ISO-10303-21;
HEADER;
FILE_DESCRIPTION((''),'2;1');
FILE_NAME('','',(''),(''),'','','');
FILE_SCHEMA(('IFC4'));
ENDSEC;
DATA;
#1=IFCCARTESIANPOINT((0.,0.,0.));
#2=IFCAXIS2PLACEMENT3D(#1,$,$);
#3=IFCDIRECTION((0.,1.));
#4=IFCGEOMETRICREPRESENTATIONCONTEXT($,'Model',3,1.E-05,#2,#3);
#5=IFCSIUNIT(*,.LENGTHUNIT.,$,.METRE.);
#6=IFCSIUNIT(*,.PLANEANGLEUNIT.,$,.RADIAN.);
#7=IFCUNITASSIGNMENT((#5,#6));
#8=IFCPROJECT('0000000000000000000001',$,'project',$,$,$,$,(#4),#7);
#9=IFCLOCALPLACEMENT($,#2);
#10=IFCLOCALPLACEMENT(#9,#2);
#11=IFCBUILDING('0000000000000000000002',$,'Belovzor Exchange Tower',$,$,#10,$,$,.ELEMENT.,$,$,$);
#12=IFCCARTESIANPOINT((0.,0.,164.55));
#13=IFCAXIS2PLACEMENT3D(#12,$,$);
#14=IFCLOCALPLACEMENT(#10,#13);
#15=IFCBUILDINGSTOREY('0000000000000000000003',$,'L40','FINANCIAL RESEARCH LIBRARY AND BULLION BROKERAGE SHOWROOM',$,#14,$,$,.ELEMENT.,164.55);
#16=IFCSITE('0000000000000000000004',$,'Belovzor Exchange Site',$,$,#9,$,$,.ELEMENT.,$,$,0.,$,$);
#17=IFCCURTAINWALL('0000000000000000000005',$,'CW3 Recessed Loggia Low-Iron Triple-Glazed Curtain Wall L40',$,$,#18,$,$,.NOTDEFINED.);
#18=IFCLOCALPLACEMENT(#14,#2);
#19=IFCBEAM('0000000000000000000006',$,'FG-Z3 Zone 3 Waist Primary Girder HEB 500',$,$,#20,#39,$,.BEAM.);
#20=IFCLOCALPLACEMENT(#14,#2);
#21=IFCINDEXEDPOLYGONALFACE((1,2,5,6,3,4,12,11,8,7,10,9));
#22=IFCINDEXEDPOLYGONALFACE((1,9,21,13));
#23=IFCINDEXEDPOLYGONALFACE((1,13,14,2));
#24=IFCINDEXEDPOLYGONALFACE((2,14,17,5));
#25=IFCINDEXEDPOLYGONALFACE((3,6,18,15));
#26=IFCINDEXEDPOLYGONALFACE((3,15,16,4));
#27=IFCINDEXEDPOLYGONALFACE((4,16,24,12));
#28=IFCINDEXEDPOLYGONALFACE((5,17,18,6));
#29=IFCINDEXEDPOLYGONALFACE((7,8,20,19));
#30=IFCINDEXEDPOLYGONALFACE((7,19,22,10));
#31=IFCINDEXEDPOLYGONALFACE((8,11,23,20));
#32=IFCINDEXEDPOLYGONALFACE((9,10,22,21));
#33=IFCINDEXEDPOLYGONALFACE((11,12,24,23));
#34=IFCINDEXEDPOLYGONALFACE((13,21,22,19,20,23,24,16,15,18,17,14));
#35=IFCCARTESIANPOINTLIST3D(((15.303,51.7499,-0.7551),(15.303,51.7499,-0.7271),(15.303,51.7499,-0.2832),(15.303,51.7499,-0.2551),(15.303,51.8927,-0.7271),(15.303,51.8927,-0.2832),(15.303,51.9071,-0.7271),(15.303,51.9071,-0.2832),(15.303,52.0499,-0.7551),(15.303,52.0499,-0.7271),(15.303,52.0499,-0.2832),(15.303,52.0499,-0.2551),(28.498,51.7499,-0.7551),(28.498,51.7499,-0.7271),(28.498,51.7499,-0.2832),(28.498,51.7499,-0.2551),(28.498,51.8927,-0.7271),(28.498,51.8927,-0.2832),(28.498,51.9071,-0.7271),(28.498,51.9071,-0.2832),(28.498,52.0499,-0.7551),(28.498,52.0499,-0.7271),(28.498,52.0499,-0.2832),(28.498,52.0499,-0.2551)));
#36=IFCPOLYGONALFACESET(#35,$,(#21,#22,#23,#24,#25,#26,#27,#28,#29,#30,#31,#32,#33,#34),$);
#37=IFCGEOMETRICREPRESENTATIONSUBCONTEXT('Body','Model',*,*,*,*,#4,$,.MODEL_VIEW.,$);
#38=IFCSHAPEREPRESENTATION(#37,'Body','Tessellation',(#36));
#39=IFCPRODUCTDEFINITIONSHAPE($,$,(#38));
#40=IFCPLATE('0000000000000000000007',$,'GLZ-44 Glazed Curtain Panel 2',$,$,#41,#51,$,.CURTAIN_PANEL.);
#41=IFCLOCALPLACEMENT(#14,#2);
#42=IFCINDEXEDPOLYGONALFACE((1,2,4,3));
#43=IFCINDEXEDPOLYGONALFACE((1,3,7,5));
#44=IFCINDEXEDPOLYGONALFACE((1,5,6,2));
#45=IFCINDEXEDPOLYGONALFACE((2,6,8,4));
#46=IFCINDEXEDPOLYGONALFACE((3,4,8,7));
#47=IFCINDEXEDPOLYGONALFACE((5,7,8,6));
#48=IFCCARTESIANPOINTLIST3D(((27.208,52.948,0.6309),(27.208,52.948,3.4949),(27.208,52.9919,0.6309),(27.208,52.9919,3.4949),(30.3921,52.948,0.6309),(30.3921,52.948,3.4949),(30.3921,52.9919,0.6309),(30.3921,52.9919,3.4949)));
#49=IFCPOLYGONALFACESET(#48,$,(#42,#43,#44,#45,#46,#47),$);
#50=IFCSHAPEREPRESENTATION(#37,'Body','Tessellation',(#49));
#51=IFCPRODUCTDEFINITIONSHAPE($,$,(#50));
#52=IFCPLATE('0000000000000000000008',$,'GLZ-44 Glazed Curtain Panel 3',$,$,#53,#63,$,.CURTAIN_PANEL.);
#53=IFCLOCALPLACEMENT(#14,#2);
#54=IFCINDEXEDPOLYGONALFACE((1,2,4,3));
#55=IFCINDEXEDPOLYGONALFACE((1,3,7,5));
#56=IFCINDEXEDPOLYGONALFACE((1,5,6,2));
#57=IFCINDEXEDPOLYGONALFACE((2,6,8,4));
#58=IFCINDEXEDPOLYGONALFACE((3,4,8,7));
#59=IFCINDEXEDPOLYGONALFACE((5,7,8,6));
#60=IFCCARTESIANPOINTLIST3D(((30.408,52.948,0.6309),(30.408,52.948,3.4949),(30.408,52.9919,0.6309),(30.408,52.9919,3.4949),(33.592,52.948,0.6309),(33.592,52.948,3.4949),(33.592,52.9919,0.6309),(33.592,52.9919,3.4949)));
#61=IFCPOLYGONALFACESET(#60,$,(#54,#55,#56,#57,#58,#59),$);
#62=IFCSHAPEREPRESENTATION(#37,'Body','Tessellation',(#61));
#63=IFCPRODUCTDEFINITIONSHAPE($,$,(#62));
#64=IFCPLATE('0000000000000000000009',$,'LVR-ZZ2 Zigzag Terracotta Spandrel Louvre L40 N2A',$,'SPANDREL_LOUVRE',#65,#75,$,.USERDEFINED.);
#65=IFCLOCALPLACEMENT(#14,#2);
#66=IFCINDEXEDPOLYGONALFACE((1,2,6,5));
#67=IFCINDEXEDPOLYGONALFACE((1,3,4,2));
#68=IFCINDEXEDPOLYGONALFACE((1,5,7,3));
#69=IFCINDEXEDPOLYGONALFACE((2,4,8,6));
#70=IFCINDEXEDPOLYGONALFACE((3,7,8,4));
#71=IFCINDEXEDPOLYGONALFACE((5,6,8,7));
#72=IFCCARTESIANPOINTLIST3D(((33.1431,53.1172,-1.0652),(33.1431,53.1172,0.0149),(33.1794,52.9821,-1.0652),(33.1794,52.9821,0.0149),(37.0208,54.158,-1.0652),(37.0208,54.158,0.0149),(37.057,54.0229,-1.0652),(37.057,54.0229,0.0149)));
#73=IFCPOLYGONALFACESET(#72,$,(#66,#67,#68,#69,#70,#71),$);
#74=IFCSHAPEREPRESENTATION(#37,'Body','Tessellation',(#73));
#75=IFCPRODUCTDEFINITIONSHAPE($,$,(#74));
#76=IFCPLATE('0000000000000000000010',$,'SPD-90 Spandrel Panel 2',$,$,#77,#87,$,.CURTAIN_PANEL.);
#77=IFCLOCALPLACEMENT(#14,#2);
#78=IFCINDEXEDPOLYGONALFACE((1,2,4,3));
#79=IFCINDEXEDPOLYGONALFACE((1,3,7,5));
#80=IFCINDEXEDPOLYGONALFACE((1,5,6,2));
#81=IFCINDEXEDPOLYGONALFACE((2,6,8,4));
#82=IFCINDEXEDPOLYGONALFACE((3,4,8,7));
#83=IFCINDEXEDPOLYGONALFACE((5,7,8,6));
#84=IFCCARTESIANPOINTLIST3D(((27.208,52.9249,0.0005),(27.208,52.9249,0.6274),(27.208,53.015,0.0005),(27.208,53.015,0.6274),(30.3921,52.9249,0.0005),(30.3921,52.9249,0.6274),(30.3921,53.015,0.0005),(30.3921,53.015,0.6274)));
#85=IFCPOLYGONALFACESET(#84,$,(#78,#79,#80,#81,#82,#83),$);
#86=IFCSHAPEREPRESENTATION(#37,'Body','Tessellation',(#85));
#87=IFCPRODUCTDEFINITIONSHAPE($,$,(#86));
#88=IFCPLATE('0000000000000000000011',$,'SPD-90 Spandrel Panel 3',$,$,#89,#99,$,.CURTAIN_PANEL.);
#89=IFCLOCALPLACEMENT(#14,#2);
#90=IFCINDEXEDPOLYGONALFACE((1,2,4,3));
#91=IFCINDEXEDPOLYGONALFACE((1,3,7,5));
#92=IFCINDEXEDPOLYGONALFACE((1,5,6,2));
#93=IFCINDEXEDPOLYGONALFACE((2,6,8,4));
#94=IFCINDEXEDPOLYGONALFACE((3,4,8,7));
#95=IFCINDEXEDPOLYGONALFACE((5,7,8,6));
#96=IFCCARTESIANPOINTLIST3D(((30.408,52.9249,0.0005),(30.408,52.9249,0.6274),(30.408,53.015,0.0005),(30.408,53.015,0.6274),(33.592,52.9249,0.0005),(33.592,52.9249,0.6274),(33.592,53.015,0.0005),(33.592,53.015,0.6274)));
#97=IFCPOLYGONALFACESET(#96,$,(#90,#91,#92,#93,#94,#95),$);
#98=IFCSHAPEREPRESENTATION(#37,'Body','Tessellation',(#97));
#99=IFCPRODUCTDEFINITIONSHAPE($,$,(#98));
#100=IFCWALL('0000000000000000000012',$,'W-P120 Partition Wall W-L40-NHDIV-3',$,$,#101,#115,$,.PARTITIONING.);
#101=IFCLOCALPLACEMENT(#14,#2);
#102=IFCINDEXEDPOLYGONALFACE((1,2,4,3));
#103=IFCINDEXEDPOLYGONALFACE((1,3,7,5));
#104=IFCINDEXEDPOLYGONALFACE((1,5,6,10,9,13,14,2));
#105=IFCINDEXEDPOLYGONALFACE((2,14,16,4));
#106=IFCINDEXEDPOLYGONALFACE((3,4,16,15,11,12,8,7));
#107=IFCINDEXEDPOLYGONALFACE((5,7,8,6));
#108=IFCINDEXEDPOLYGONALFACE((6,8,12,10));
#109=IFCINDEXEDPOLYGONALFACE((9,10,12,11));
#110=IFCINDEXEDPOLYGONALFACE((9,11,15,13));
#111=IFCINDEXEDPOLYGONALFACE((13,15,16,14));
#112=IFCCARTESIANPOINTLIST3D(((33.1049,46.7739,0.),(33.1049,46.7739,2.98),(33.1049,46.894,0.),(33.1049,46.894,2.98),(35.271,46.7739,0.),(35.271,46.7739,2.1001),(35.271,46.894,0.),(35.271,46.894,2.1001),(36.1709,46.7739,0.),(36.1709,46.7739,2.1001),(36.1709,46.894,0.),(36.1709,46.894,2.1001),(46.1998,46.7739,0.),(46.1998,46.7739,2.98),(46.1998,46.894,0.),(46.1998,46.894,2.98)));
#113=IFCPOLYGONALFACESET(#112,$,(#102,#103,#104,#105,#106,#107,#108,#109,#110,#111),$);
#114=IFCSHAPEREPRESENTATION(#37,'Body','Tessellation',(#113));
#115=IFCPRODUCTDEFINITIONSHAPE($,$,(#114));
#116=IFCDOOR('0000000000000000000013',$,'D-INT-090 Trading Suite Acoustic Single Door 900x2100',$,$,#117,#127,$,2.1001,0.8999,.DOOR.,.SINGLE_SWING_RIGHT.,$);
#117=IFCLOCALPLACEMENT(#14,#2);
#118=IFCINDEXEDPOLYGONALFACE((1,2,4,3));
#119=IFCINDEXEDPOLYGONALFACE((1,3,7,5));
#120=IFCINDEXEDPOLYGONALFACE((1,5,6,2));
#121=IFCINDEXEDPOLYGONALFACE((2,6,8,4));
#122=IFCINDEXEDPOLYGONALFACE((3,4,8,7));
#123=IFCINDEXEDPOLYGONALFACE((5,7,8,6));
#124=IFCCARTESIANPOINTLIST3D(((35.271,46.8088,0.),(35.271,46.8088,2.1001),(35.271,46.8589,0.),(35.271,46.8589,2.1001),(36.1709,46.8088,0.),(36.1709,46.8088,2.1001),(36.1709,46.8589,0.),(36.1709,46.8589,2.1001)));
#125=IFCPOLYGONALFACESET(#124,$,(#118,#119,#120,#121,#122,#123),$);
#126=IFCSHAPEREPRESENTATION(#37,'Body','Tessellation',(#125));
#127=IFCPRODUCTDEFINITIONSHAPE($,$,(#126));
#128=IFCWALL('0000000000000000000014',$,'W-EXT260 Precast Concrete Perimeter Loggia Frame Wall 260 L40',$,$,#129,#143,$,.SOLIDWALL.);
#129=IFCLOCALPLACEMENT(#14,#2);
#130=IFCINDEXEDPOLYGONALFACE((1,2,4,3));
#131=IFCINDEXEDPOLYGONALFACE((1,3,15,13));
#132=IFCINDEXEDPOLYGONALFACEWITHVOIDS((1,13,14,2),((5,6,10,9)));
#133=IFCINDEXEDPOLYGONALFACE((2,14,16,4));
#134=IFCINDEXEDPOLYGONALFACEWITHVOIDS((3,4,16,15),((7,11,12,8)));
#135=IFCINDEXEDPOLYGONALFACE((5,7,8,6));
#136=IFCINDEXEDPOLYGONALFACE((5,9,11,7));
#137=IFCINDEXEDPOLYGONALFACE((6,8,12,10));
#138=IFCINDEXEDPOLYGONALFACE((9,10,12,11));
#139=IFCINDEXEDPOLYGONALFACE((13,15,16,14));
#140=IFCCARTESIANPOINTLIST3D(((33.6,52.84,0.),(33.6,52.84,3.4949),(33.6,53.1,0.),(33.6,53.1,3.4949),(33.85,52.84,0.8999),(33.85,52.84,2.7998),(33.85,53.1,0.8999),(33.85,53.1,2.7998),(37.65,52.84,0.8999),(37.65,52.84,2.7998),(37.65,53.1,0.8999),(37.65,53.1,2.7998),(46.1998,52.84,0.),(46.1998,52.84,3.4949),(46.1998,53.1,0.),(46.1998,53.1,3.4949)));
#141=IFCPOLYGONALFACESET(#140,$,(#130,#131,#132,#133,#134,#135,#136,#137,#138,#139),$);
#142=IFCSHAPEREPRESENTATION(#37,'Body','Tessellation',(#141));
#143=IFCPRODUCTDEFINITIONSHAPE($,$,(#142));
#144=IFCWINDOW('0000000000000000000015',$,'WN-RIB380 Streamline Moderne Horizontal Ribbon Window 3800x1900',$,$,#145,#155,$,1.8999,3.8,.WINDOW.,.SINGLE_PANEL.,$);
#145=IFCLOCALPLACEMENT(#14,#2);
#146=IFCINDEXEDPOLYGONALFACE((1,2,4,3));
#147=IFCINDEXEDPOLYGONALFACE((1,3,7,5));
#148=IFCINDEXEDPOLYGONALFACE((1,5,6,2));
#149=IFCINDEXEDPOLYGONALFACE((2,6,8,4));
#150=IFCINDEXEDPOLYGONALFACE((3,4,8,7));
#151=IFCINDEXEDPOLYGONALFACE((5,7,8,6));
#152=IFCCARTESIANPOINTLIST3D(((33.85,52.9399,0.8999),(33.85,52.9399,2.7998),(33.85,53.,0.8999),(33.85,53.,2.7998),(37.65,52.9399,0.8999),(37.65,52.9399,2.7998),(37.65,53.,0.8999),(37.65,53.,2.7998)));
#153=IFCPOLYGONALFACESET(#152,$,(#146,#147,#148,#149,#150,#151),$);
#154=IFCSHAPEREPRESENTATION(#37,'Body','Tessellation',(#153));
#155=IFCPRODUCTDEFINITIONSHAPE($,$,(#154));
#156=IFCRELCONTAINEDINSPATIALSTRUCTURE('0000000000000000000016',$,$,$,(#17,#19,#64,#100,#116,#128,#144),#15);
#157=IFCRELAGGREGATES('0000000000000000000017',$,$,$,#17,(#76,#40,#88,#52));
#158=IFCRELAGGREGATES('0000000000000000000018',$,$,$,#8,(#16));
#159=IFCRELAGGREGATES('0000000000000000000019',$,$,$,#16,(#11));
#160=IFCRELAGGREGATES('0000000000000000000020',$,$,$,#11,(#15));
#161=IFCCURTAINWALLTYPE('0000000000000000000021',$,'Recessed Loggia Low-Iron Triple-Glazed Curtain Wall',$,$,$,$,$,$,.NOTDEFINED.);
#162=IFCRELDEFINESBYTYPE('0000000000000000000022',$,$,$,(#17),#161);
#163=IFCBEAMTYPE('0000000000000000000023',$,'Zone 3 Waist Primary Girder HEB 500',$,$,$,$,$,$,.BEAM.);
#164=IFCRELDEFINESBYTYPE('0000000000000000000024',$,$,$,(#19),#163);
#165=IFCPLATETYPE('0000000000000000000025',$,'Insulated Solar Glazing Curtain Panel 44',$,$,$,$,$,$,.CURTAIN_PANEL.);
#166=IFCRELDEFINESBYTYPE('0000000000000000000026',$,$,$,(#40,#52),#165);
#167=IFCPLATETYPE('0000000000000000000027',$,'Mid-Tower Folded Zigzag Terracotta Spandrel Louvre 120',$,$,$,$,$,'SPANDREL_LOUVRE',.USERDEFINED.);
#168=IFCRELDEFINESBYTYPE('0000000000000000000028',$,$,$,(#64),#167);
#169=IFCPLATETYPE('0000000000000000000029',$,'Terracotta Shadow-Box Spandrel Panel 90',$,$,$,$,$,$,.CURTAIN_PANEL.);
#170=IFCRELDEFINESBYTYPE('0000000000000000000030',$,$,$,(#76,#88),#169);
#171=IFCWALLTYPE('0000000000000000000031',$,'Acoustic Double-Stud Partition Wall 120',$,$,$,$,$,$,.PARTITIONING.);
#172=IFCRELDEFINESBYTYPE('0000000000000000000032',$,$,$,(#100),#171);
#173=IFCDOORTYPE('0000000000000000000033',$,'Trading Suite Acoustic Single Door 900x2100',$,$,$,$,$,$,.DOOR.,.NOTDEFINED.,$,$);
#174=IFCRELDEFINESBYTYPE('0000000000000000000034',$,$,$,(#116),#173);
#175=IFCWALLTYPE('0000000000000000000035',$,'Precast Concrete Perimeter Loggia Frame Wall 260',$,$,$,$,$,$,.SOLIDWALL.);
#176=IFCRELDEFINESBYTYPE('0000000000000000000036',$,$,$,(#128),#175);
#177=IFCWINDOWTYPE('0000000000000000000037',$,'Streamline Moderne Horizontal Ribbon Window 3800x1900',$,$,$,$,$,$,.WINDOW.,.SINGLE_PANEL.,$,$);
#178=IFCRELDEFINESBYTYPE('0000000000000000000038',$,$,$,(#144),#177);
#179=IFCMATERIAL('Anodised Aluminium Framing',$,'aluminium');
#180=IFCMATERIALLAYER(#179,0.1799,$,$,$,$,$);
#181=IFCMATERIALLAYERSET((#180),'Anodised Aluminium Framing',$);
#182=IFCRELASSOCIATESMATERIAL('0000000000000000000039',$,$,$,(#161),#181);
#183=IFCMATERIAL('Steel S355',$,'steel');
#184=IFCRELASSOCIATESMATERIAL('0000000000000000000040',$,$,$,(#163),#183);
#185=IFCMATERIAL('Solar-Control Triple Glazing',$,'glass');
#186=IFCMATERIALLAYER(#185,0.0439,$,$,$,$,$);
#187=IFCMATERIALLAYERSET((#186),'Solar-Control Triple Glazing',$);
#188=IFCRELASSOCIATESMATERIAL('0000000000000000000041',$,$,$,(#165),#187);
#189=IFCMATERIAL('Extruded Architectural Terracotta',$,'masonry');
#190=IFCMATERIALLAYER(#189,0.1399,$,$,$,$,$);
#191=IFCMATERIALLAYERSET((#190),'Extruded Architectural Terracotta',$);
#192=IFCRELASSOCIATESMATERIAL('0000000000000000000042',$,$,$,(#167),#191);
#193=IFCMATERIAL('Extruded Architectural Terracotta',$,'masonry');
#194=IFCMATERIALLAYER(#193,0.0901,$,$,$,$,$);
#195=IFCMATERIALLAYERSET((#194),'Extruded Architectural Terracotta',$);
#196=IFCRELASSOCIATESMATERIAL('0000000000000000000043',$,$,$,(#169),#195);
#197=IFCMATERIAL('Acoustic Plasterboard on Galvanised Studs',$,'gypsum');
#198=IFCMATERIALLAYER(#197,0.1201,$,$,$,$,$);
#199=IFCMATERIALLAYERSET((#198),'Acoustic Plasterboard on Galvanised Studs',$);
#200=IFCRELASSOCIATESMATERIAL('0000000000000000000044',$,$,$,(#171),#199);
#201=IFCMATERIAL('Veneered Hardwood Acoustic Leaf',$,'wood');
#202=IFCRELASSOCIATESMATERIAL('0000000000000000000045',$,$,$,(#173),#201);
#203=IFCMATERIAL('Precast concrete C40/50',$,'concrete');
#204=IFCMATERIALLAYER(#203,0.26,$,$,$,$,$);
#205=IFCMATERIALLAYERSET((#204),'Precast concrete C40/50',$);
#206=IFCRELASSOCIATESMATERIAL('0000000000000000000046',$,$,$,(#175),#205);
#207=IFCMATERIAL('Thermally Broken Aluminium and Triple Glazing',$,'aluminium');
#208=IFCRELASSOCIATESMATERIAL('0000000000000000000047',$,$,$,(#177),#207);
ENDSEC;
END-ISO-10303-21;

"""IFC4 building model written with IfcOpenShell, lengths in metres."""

from ifc_helpers import new_model, si_unit, direction, frame, frame_2d, origin, origin_2d, place, context, subcontext, project, spatial, rectangle, i_section, extrude, material, layer, layer_set, material_profile, profile_set, type_object, element, fill, aggregate, save


model = new_model("IFC4")

# Units and contexts
model_context = context("Model", 3, precision=1e-05, world=origin(), true_north=direction((0.0, 1.0)))
body_context = subcontext(model_context, "Body", "Model", "MODEL_VIEW")
ifc_project = project(units=[si_unit("LENGTHUNIT", "METRE"), si_unit("PLANEANGLEUNIT", "RADIAN")], contexts=[model_context])

# Site, building, storey
site_placement = place(None, origin())
site = spatial("IfcSite", under=ifc_project, at=site_placement, Name="Belovzor Exchange Site", CompositionType="ELEMENT", RefElevation=0.0)
building_placement = place(site_placement, origin())
building = spatial("IfcBuilding", under=site, at=building_placement, Name="Belovzor Exchange Tower", CompositionType="ELEMENT")
storey_placement = place(building_placement, frame((0.0, 0.0, 164.55)))
storey = spatial("IfcBuildingStorey", under=building, at=storey_placement, Name="L40", Description="FINANCIAL RESEARCH LIBRARY AND BULLION BROKERAGE SHOWROOM", CompositionType="ELEMENT", Elevation=164.55)

# Curtain wall
ifc_material_1 = material(Name="Anodised Aluminium Framing", Category="aluminium")
ifc_layer_1 = layer(ifc_material_1, 0.1799)
ifc_layer_set_1 = layer_set([ifc_layer_1], Name="Anodised Aluminium Framing")
curtain_wall_type = type_object("IfcCurtainWallType", Name="Recessed Loggia Low-Iron Triple-Glazed Curtain Wall", PredefinedType="NOTDEFINED", material=ifc_layer_set_1)
curtain_wall_placement = place(storey_placement, origin())
curtain_wall = element("IfcCurtainWall", 1, at=curtain_wall_placement, inside=storey, type_object=curtain_wall_type, Name="CW3 Recessed Loggia Low-Iron Triple-Glazed Curtain Wall L40", PredefinedType="NOTDEFINED")

# Beam
ifc_material_2 = material(Name="Steel S355", Category="steel")
ifc_material_profile_1 = material_profile(ifc_material_2, i_section(OverallWidth=0.3, OverallDepth=0.5, WebThickness=0.0144, FlangeThickness=0.0281, at=origin_2d()))
ifc_profile_set_1 = profile_set([ifc_material_profile_1], Name="Steel S355")
beam_type_1 = type_object("IfcBeamType", Name="Zone 3 Waist Primary Girder HEB 500", PredefinedType="BEAM", material=ifc_profile_set_1)
beam_1_placement = place(storey_placement, frame((28.498, 51.8999, -0.5051), z_axis=(-1.0, 0.0, 0.0), x_axis=(0.0, -1.0, 0.0)))
element("IfcBeam", 2, at=beam_1_placement, inside=storey, type_object=beam_type_1, Name="FG-Z3 Zone 3 Waist Primary Girder HEB 500", PredefinedType="BEAM", context=body_context, shape_type="SweptSolid", body=[
    extrude(i_section(OverallWidth=0.3, OverallDepth=0.5, WebThickness=0.0144, FlangeThickness=0.0281, at=origin_2d()), origin(), (0.0, 0.0, 1.0), 13.1951),
])

# Plates
ifc_material_3 = material(Name="Solar-Control Triple Glazing", Category="glass")
ifc_layer_2 = layer(ifc_material_3, 0.0439)
ifc_layer_set_2 = layer_set([ifc_layer_2], Name="Solar-Control Triple Glazing")
plate_type_1 = type_object("IfcPlateType", Name="Insulated Solar Glazing Curtain Panel 44", PredefinedType="CURTAIN_PANEL", material=ifc_layer_set_2)
plate_1_placement = place(storey_placement, frame((28.8, 52.97, 0.6309), z_axis=(0.0, 0.0, 1.0), x_axis=(1.0, 0.0, 0.0)))
plate_1 = element("IfcPlate", 3, at=plate_1_placement, type_object=plate_type_1, Name="GLZ-44 Glazed Curtain Panel 2", PredefinedType="CURTAIN_PANEL", context=body_context, shape_type="SweptSolid", body=[
    extrude(rectangle(XDim=3.1841, YDim=0.0439, at=origin_2d()), origin(), (0.0, 0.0, 1.0), 2.864),
])
plate_2_placement = place(storey_placement, frame((32.0, 52.97, 0.6309), z_axis=(0.0, 0.0, 1.0), x_axis=(1.0, 0.0, 0.0)))
plate_2 = element("IfcPlate", 4, at=plate_2_placement, type_object=plate_type_1, Name="GLZ-44 Glazed Curtain Panel 3", PredefinedType="CURTAIN_PANEL", context=body_context, shape_type="SweptSolid", body=[
    extrude(rectangle(XDim=3.1841, YDim=0.0439, at=origin_2d()), origin(), (0.0, 0.0, 1.0), 2.864),
])
ifc_material_4 = material(Name="Extruded Architectural Terracotta", Category="masonry")
ifc_layer_3 = layer(ifc_material_4, 0.1399)
ifc_layer_set_3 = layer_set([ifc_layer_3], Name="Extruded Architectural Terracotta")
plate_type_2 = type_object("IfcPlateType", Name="Mid-Tower Folded Zigzag Terracotta Spandrel Louvre 120", ElementType="SPANDREL_LOUVRE", PredefinedType="USERDEFINED", material=ifc_layer_set_3)
plate_3_placement = place(storey_placement, frame((35.1001, 53.5701, -1.0652), z_axis=(0.0, 0.0, 1.0), x_axis=(0.965813, 0.25924, 0.0)))
element("IfcPlate", 5, at=plate_3_placement, inside=storey, type_object=plate_type_2, Name="LVR-ZZ2 Zigzag Terracotta Spandrel Louvre L40 N2A", ObjectType="SPANDREL_LOUVRE", PredefinedType="USERDEFINED", context=body_context, shape_type="SweptSolid", body=[
    extrude(rectangle(XDim=4.0149, YDim=0.1399, at=origin_2d()), origin(), (0.0, 0.0, 1.0), 1.0801),
])
ifc_material_5 = material(Name="Extruded Architectural Terracotta", Category="masonry")
ifc_layer_4 = layer(ifc_material_5, 0.0901)
ifc_layer_set_4 = layer_set([ifc_layer_4], Name="Extruded Architectural Terracotta")
plate_type_3 = type_object("IfcPlateType", Name="Terracotta Shadow-Box Spandrel Panel 90", PredefinedType="CURTAIN_PANEL", material=ifc_layer_set_4)
plate_4_placement = place(storey_placement, frame((28.8, 52.97, 0.0005), z_axis=(0.0, 0.0, 1.0), x_axis=(1.0, 0.0, 0.0)))
plate_4 = element("IfcPlate", 6, at=plate_4_placement, type_object=plate_type_3, Name="SPD-90 Spandrel Panel 2", PredefinedType="CURTAIN_PANEL", context=body_context, shape_type="SweptSolid", body=[
    extrude(rectangle(XDim=3.1841, YDim=0.0901, at=origin_2d()), origin(), (0.0, 0.0, 1.0), 0.627),
])
plate_5_placement = place(storey_placement, frame((32.0, 52.97, 0.0005), z_axis=(0.0, 0.0, 1.0), x_axis=(1.0, 0.0, 0.0)))
plate_5 = element("IfcPlate", 7, at=plate_5_placement, type_object=plate_type_3, Name="SPD-90 Spandrel Panel 3", PredefinedType="CURTAIN_PANEL", context=body_context, shape_type="SweptSolid", body=[
    extrude(rectangle(XDim=3.1841, YDim=0.0901, at=origin_2d()), origin(), (0.0, 0.0, 1.0), 0.627),
])
aggregate(curtain_wall, [plate_4, plate_1, plate_5, plate_2])

# Wall, opening, door
ifc_material_6 = material(Name="Acoustic Plasterboard on Galvanised Studs", Category="gypsum")
ifc_layer_5 = layer(ifc_material_6, 0.1201)
ifc_layer_set_5 = layer_set([ifc_layer_5], Name="Acoustic Plasterboard on Galvanised Studs")
wall_type_1 = type_object("IfcWallType", Name="Acoustic Double-Stud Partition Wall 120", PredefinedType="PARTITIONING", material=ifc_layer_set_5)
wall_1_placement = place(storey_placement, frame((33.105, 46.834, 0.0), z_axis=(0.0, 0.0, 1.0), x_axis=(1.0, 0.0, 0.0)))
wall_1 = element("IfcWall", 8, at=wall_1_placement, inside=storey, type_object=wall_type_1, Name="W-P120 Partition Wall W-L40-NHDIV-3", PredefinedType="PARTITIONING", context=body_context, shape_type="SweptSolid", body=[
    extrude(rectangle(XDim=13.095, YDim=0.1201, at=frame_2d((6.5474, 0.0))), origin(), (0.0, 0.0, 1.0), 2.98),
])
opening_1_placement = place(wall_1_placement, frame((2.166, 0.0, 0.0)))
opening_1 = element("IfcOpeningElement", 9, at=opening_1_placement, cuts=wall_1, PredefinedType="OPENING", context=body_context, shape_type="SweptSolid", body=[
    extrude(rectangle(XDim=0.8999, YDim=2.1001, at=frame_2d((0.45, 1.05))), frame((0.0, 0.0701, 0.0), z_axis=(0.0, -1.0, 0.0), x_axis=(1.0, 0.0, 0.0)), (0.0, 0.0, 1.0), 0.1401),
])
ifc_material_7 = material(Name="Veneered Hardwood Acoustic Leaf", Category="wood")
door_type = type_object("IfcDoorType", Name="Trading Suite Acoustic Single Door 900x2100", OperationType="NOTDEFINED", PredefinedType="DOOR", material=ifc_material_7)
door_placement = place(opening_1_placement, origin())
door = element("IfcDoor", 10, at=door_placement, inside=storey, type_object=door_type, Name="D-INT-090 Trading Suite Acoustic Single Door 900x2100", OperationType="SINGLE_SWING_RIGHT", OverallHeight=2.1001, OverallWidth=0.8999, PredefinedType="DOOR", context=body_context, shape_type="SweptSolid", body=[
    extrude(rectangle(XDim=0.8999, YDim=2.1001, at=frame_2d((0.45, 1.05))), frame((0.0, 0.0249, 0.0), z_axis=(0.0, -1.0, 0.0), x_axis=(1.0, 0.0, 0.0)), (0.0, 0.0, 1.0), 0.05),
])
fill(opening_1, door)

# Wall, opening, window
ifc_material_8 = material(Name="Precast concrete C40/50", Category="concrete")
ifc_layer_6 = layer(ifc_material_8, 0.26)
ifc_layer_set_6 = layer_set([ifc_layer_6], Name="Precast concrete C40/50")
wall_type_2 = type_object("IfcWallType", Name="Precast Concrete Perimeter Loggia Frame Wall 260", PredefinedType="SOLIDWALL", material=ifc_layer_set_6)
wall_2_placement = place(storey_placement, frame((33.6001, 52.97, 0.0), z_axis=(0.0, 0.0, 1.0), x_axis=(1.0, 0.0, 0.0)))
wall_2 = element("IfcWall", 11, at=wall_2_placement, inside=storey, type_object=wall_type_2, Name="W-EXT260 Precast Concrete Perimeter Loggia Frame Wall 260 L40", PredefinedType="SOLIDWALL", context=body_context, shape_type="SweptSolid", body=[
    extrude(rectangle(XDim=12.5999, YDim=0.26, at=frame_2d((6.2998, 0.0))), origin(), (0.0, 0.0, 1.0), 3.4949),
])
opening_2_placement = place(wall_2_placement, frame((0.25, 0.0, 0.8999)))
opening_2 = element("IfcOpeningElement", 12, at=opening_2_placement, cuts=wall_2, PredefinedType="OPENING", context=body_context, shape_type="SweptSolid", body=[
    extrude(rectangle(XDim=3.8, YDim=1.8999, at=frame_2d((1.8999, 0.95))), frame((0.0, 0.1399, 0.0), z_axis=(0.0, -1.0, 0.0), x_axis=(1.0, 0.0, 0.0)), (0.0, 0.0, 1.0), 0.28),
])
ifc_material_9 = material(Name="Thermally Broken Aluminium and Triple Glazing", Category="aluminium")
window_type = type_object("IfcWindowType", Name="Streamline Moderne Horizontal Ribbon Window 3800x1900", PartitioningType="SINGLE_PANEL", PredefinedType="WINDOW", material=ifc_material_9)
window_placement = place(opening_2_placement, origin())
window = element("IfcWindow", 13, at=window_placement, inside=storey, type_object=window_type, Name="WN-RIB380 Streamline Moderne Horizontal Ribbon Window 3800x1900", OverallHeight=1.8999, OverallWidth=3.8, PartitioningType="SINGLE_PANEL", PredefinedType="WINDOW", context=body_context, shape_type="SweptSolid", body=[
    extrude(rectangle(XDim=3.8, YDim=1.8999, at=frame_2d((1.8999, 0.95))), frame((0.0, 0.03, 0.0), z_axis=(0.0, -1.0, 0.0), x_axis=(1.0, 0.0, 0.0)), (0.0, 0.0, 1.0), 0.0601),
])
fill(opening_2, window)

save(model, "model.ifc")
